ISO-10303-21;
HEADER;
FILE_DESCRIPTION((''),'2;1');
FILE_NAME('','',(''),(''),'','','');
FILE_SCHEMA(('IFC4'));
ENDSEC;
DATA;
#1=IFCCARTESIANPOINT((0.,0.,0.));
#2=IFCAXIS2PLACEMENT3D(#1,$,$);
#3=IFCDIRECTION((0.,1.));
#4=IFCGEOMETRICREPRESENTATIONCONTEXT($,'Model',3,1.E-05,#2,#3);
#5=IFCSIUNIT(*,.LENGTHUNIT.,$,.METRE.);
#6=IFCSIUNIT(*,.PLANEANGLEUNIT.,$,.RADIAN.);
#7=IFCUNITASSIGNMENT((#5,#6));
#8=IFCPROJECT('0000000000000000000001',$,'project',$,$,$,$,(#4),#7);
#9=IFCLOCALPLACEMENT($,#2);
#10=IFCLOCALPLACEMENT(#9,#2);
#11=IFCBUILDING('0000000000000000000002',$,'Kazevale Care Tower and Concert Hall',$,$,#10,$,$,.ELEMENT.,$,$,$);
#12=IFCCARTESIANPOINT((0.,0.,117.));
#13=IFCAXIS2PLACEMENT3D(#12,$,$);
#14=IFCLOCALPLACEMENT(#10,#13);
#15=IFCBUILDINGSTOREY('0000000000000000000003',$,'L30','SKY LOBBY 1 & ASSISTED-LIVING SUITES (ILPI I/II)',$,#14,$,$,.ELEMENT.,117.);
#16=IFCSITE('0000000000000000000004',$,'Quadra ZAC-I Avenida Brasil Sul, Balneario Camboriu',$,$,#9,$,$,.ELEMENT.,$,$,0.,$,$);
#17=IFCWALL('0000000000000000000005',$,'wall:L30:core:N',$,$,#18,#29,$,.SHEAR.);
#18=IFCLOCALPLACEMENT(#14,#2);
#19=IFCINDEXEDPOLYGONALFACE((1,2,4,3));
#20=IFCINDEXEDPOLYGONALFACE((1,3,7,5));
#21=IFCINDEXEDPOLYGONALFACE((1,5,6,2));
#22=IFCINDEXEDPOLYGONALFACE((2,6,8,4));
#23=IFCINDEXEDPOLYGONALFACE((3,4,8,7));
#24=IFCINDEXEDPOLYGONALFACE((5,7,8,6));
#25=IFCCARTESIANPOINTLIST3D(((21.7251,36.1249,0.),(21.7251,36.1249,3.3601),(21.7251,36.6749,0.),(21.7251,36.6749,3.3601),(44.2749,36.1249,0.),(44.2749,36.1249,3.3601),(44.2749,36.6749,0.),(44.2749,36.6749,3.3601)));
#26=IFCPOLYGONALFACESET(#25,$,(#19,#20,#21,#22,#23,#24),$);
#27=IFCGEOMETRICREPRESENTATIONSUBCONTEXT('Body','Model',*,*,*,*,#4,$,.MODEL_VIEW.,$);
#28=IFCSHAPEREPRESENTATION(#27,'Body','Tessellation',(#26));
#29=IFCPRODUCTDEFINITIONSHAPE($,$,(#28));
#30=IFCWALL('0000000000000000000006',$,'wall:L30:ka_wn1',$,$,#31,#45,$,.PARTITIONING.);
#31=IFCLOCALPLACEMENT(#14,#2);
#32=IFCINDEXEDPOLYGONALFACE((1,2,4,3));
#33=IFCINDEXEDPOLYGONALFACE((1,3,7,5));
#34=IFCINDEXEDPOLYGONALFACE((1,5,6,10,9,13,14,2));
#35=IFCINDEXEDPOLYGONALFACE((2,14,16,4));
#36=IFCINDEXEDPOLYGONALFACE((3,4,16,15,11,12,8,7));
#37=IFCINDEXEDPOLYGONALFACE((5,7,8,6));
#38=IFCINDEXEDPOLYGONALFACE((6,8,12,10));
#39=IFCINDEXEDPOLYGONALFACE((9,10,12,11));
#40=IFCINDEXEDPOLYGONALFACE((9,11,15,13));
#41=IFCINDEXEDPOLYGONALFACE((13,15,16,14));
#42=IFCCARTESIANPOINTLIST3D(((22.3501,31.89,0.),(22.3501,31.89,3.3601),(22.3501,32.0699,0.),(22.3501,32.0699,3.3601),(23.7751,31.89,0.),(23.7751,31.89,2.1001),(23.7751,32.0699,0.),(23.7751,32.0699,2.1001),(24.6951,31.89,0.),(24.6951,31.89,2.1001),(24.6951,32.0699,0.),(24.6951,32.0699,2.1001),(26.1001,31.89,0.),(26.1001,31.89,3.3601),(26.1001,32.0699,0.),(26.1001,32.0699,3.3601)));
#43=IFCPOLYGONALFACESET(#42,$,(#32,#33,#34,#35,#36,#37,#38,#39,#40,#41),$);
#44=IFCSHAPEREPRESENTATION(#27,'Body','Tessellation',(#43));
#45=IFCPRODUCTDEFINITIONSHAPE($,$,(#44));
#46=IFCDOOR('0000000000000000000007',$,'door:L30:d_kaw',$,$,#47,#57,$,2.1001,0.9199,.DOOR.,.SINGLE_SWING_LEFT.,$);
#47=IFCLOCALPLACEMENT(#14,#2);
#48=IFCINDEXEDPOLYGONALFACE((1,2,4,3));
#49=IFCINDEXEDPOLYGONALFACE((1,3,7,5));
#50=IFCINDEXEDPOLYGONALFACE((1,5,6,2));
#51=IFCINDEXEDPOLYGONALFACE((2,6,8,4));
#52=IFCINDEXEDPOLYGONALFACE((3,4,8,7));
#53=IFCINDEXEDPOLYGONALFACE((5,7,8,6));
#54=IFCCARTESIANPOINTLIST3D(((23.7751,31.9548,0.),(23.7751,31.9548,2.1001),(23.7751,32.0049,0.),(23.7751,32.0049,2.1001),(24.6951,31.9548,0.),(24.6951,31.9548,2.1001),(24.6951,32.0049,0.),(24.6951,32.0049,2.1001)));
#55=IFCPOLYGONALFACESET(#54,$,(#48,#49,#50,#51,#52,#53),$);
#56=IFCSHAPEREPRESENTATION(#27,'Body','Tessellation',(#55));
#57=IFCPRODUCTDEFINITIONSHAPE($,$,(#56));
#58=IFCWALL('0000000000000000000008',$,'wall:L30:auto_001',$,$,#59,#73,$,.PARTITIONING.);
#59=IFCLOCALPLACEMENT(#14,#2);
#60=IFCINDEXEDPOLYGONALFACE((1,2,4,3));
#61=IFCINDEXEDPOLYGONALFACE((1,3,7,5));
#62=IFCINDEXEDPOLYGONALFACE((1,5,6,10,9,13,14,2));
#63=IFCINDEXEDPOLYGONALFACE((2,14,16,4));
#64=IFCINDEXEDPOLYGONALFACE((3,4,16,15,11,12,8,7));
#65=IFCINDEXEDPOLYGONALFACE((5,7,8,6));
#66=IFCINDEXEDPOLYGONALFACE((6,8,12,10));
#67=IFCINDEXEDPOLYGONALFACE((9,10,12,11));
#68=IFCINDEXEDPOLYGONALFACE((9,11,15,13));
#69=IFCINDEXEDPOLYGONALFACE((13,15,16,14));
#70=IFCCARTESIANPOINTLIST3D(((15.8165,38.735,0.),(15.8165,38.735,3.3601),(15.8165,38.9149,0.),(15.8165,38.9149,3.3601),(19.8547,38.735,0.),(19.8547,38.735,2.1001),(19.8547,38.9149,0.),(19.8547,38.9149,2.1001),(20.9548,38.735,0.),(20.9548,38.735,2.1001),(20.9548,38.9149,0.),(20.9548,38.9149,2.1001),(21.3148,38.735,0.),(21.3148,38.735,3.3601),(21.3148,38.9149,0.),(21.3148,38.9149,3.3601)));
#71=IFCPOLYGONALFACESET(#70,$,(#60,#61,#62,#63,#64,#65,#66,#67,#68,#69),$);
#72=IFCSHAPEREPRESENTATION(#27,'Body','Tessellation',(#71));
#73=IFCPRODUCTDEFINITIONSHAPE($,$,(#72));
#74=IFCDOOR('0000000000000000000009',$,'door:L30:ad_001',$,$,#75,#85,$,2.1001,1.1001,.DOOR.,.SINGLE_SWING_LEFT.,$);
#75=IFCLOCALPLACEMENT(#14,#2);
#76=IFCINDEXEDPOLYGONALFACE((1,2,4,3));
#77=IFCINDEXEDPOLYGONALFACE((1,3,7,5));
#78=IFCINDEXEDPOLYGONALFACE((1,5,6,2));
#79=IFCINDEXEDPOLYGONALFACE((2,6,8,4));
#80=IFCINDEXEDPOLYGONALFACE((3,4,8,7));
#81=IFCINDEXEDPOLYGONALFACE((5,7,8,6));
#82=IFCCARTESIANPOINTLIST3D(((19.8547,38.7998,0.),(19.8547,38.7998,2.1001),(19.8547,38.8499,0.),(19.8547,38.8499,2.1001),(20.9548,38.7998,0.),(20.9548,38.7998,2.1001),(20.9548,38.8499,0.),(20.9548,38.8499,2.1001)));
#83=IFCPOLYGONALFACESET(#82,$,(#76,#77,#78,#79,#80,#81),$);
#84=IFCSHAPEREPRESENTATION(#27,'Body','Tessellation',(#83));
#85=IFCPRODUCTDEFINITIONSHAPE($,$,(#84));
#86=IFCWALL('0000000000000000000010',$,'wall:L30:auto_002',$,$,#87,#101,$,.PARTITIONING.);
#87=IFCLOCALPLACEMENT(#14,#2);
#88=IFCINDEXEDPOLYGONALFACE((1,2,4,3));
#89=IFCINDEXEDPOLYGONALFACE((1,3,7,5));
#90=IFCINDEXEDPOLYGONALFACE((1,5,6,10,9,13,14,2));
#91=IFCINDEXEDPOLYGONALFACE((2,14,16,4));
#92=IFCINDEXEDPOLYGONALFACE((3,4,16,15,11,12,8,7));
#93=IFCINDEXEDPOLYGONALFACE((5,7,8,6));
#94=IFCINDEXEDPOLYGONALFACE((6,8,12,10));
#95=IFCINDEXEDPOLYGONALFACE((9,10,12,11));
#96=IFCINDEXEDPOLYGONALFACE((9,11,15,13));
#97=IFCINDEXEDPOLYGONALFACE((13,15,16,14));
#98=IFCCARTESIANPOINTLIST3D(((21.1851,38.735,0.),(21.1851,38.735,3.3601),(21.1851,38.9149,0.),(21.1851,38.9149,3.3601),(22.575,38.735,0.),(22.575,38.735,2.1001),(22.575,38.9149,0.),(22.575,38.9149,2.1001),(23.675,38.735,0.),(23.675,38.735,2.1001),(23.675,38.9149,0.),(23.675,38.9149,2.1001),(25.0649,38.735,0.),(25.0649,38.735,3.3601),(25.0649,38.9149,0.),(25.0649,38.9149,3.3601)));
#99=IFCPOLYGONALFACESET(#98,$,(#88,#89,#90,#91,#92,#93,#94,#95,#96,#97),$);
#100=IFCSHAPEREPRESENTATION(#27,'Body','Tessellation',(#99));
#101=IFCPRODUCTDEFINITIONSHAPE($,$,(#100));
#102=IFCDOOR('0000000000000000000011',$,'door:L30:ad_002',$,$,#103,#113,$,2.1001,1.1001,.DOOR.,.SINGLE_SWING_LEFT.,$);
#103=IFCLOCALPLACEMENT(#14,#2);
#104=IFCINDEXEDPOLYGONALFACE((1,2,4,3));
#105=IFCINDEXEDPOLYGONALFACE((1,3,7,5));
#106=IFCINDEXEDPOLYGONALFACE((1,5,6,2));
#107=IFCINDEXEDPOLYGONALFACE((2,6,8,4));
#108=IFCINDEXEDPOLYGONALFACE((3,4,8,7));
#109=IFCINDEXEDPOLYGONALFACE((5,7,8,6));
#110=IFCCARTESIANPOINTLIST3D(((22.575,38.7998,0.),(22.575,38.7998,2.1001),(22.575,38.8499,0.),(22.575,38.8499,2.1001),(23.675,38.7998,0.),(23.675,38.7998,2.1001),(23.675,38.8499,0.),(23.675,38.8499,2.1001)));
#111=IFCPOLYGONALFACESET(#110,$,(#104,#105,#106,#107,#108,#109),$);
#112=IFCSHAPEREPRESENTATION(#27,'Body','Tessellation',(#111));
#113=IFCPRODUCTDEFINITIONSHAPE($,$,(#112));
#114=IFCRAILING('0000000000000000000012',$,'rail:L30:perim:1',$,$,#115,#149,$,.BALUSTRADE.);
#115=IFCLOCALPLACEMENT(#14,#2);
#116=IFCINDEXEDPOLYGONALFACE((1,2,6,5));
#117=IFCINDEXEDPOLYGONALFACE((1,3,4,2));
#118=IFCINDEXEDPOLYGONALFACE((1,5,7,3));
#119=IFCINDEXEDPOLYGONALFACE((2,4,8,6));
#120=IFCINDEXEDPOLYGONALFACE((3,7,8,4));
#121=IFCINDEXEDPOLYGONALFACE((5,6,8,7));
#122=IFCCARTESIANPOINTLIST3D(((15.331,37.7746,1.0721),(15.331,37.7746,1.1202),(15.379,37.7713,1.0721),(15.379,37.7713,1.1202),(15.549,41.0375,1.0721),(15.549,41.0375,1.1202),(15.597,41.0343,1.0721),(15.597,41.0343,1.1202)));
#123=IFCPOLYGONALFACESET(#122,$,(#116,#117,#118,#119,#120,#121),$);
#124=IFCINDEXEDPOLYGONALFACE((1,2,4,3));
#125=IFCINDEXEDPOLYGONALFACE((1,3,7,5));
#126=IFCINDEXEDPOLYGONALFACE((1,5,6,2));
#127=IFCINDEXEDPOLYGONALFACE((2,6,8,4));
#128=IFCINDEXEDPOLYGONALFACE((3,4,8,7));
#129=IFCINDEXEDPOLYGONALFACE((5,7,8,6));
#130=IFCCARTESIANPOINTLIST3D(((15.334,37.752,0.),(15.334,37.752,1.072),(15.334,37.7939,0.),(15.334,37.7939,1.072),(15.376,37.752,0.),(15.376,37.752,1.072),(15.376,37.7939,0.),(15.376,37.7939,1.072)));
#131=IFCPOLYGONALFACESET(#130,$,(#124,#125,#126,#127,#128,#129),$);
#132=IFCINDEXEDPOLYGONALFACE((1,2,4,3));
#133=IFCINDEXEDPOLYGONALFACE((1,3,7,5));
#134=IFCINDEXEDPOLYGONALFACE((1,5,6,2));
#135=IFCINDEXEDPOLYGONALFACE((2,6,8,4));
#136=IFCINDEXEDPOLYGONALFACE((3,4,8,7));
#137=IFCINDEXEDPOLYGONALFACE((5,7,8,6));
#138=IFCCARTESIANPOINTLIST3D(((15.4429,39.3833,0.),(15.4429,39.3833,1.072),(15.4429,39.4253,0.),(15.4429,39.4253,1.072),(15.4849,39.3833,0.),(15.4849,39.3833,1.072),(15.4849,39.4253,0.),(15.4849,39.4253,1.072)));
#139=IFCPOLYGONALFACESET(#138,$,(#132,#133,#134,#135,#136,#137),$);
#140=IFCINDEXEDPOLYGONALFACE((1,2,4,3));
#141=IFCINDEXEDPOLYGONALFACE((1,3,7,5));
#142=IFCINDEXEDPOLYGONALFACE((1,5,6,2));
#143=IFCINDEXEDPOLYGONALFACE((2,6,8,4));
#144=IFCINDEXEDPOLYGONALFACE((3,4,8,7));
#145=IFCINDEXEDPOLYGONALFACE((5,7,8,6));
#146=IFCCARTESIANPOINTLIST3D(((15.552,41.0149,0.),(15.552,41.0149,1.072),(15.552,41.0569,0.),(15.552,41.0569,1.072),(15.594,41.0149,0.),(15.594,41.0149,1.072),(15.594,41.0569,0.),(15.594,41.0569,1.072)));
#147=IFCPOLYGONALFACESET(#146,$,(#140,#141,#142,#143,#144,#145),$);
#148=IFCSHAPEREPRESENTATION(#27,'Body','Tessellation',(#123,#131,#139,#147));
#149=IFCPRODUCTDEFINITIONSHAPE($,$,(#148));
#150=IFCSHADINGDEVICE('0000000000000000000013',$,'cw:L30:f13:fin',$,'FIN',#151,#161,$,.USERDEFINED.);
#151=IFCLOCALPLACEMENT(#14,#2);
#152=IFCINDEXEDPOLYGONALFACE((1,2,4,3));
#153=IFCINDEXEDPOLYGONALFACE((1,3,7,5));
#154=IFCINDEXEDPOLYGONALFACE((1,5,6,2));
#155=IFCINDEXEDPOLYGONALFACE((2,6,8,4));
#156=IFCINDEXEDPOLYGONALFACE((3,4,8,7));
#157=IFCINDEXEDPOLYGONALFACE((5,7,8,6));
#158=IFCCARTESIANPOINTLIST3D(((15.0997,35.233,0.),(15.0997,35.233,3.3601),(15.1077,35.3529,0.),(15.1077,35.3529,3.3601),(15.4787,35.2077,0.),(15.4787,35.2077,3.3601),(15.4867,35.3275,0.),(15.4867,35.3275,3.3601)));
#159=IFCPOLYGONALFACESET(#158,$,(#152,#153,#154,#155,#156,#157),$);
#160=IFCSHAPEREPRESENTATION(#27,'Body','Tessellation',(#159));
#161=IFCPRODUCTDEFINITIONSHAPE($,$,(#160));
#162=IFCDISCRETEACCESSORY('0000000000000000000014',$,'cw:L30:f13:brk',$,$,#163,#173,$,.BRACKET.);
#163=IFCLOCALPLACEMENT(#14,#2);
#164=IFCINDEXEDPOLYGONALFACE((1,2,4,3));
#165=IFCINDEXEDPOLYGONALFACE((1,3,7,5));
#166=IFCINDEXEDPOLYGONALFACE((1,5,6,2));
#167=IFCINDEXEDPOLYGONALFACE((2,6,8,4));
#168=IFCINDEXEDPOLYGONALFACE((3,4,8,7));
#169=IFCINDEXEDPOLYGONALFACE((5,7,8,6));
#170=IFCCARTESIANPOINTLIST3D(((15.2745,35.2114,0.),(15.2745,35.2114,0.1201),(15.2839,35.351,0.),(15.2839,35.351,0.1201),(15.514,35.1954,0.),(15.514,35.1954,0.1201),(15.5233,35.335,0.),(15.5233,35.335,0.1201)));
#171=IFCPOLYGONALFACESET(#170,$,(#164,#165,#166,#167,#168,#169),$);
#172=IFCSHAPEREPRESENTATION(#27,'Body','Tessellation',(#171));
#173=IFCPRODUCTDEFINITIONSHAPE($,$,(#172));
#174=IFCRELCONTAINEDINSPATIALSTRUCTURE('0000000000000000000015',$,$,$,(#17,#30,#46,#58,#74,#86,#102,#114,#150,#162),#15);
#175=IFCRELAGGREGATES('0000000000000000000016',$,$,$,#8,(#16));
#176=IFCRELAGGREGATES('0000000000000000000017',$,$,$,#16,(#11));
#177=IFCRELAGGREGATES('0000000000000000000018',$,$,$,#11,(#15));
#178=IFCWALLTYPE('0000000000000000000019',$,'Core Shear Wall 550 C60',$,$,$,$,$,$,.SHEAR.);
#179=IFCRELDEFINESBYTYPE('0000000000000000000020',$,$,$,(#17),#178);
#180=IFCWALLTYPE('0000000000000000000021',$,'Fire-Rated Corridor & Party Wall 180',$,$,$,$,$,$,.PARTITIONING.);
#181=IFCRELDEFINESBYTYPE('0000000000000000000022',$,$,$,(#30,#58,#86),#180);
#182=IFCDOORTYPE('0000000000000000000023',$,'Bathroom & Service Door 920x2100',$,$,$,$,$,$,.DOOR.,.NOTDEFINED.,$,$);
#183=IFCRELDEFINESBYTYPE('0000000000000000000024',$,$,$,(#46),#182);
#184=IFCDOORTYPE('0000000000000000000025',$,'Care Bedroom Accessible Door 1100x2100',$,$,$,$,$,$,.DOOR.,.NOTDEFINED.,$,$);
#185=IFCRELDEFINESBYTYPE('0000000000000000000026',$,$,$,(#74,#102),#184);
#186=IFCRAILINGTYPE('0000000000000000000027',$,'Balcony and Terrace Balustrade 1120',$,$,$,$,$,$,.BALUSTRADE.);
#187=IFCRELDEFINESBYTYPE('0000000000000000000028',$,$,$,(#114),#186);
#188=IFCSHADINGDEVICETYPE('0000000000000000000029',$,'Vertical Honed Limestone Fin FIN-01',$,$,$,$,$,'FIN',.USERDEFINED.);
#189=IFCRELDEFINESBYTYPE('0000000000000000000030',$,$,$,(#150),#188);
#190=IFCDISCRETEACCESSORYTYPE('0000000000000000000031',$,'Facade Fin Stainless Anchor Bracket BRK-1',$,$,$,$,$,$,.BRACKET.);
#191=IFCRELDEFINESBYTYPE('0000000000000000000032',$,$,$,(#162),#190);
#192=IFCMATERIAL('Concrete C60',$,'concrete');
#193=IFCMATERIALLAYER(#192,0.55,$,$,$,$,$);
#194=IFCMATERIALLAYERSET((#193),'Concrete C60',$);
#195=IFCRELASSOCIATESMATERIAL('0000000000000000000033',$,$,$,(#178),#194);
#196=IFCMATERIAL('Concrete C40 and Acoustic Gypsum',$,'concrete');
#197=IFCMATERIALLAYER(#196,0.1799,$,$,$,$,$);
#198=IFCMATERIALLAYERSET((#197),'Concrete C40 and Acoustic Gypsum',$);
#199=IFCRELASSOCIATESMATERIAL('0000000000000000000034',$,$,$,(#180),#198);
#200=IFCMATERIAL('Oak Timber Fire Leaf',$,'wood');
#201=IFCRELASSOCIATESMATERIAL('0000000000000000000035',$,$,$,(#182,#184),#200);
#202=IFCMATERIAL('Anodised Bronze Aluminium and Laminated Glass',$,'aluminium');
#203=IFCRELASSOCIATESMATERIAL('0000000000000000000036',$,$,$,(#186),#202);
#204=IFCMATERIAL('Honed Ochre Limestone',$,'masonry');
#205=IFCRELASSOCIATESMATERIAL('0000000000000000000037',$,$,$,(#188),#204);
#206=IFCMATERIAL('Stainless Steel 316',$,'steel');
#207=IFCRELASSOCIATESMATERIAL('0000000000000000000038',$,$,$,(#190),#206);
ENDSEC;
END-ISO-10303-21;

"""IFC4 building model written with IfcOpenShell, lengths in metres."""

from ifc_helpers import new_model, si_unit, direction, frame, frame_2d, origin, origin_2d, place, context, subcontext, project, spatial, rectangle, extrude, material, layer, layer_set, type_object, element, fill, save


model = new_model("IFC4")

# Units and contexts
model_context = context("Model", 3, precision=1e-05, world=origin(), true_north=direction((0.0, 1.0)))
body_context = subcontext(model_context, "Body", "Model", "MODEL_VIEW")
ifc_project = project(units=[si_unit("LENGTHUNIT", "METRE"), si_unit("PLANEANGLEUNIT", "RADIAN")], contexts=[model_context])

# Site, building, storey
site_placement = place(None, origin())
site = spatial("IfcSite", under=ifc_project, at=site_placement, Name="Quadra ZAC-I Avenida Brasil Sul, Balneario Camboriu", CompositionType="ELEMENT", RefElevation=0.0)
building_placement = place(site_placement, origin())
building = spatial("IfcBuilding", under=site, at=building_placement, Name="Kazevale Care Tower and Concert Hall", CompositionType="ELEMENT")
storey_placement = place(building_placement, frame((0.0, 0.0, 117.0)))
storey = spatial("IfcBuildingStorey", under=building, at=storey_placement, Name="L30", Description="SKY LOBBY 1 & ASSISTED-LIVING SUITES (ILPI I/II)", CompositionType="ELEMENT", Elevation=117.0)

# Shared definitions
ifc_material_1 = material(Name="Concrete C60", Category="concrete")

# Wall
ifc_layer_1 = layer(ifc_material_1, 0.55)
ifc_layer_set_1 = layer_set([ifc_layer_1], Name="Concrete C60")
wall_type_1 = type_object("IfcWallType", Name="Core Shear Wall 550 C60", PredefinedType="SHEAR", material=ifc_layer_set_1)
wall_1_placement = place(storey_placement, frame((21.7251, 36.3999, 0.0), z_axis=(0.0, 0.0, 1.0), x_axis=(1.0, 0.0, 0.0)))
element("IfcWall", 1, at=wall_1_placement, inside=storey, type_object=wall_type_1, Name="wall:L30:core:N", PredefinedType="SHEAR", context=body_context, shape_type="SweptSolid", body=[
    extrude(rectangle(XDim=22.5498, YDim=0.55, at=frame_2d((11.2749, 0.0))), origin(), (0.0, 0.0, 1.0), 3.3601),
])

# Walls, openings, doors
ifc_material_2 = material(Name="Concrete C40 and Acoustic Gypsum", Category="concrete")
ifc_layer_2 = layer(ifc_material_2, 0.1799)
ifc_layer_set_2 = layer_set([ifc_layer_2], Name="Concrete C40 and Acoustic Gypsum")
wall_type_2 = type_object("IfcWallType", Name="Fire-Rated Corridor & Party Wall 180", PredefinedType="PARTITIONING", material=ifc_layer_set_2)
wall_2_placement = place(storey_placement, frame((22.3501, 31.98, 0.0), z_axis=(0.0, 0.0, 1.0), x_axis=(1.0, 0.0, 0.0)))
wall_2 = element("IfcWall", 2, at=wall_2_placement, inside=storey, type_object=wall_type_2, Name="wall:L30:ka_wn1", PredefinedType="PARTITIONING", context=body_context, shape_type="SweptSolid", body=[
    extrude(rectangle(XDim=3.75, YDim=0.1799, at=frame_2d((1.875, 0.0))), origin(), (0.0, 0.0, 1.0), 3.3601),
])
opening_1_placement = place(wall_2_placement, frame((1.425, 0.0, 0.0)))
opening_1 = element("IfcOpeningElement", 3, at=opening_1_placement, cuts=wall_2, PredefinedType="OPENING", context=body_context, shape_type="SweptSolid", body=[
    extrude(rectangle(XDim=0.9199, YDim=2.1001, at=frame_2d((0.46, 1.05))), frame((0.0, 0.0999, 0.0), z_axis=(0.0, -1.0, 0.0), x_axis=(1.0, 0.0, 0.0)), (0.0, 0.0, 1.0), 0.2),
])
ifc_material_3 = material(Name="Oak Timber Fire Leaf", Category="wood")
door_type_1 = type_object("IfcDoorType", Name="Bathroom & Service Door 920x2100", OperationType="NOTDEFINED", PredefinedType="DOOR", material=ifc_material_3)
door_1_placement = place(opening_1_placement, origin())
door_1 = element("IfcDoor", 4, at=door_1_placement, inside=storey, type_object=door_type_1, Name="door:L30:d_kaw", OperationType="SINGLE_SWING_LEFT", OverallHeight=2.1001, OverallWidth=0.9199, PredefinedType="DOOR", context=body_context, shape_type="SweptSolid", body=[
    extrude(rectangle(XDim=0.9199, YDim=2.1001, at=frame_2d((0.46, 1.05))), frame((0.0, 0.0249, 0.0), z_axis=(0.0, -1.0, 0.0), x_axis=(1.0, 0.0, 0.0)), (0.0, 0.0, 1.0), 0.05),
])
fill(opening_1, door_1)
wall_3_placement = place(storey_placement, frame((15.8167, 38.825, 0.0), z_axis=(0.0, 0.0, 1.0), x_axis=(1.0, 0.0, 0.0)))
wall_3 = element("IfcWall", 5, at=wall_3_placement, inside=storey, type_object=wall_type_2, Name="wall:L30:auto_001", PredefinedType="PARTITIONING", context=body_context, shape_type="SweptSolid", body=[
    extrude(rectangle(XDim=5.4983, YDim=0.1799, at=frame_2d((2.749, 0.0))), origin(), (0.0, 0.0, 1.0), 3.3601),
])
opening_2_placement = place(wall_3_placement, frame((4.0381, 0.0, 0.0)))
opening_2 = element("IfcOpeningElement", 6, at=opening_2_placement, cuts=wall_3, PredefinedType="OPENING", context=body_context, shape_type="SweptSolid", body=[
    extrude(rectangle(XDim=1.1001, YDim=2.1001, at=frame_2d((0.55, 1.05))), frame((0.0, 0.0999, 0.0), z_axis=(0.0, -1.0, 0.0), x_axis=(1.0, 0.0, 0.0)), (0.0, 0.0, 1.0), 0.2),
])
door_type_2 = type_object("IfcDoorType", Name="Care Bedroom Accessible Door 1100x2100", OperationType="NOTDEFINED", PredefinedType="DOOR", material=ifc_material_3)
door_2_placement = place(opening_2_placement, origin())
door_2 = element("IfcDoor", 7, at=door_2_placement, inside=storey, type_object=door_type_2, Name="door:L30:ad_001", OperationType="SINGLE_SWING_LEFT", OverallHeight=2.1001, OverallWidth=1.1001, PredefinedType="DOOR", context=body_context, shape_type="SweptSolid", body=[
    extrude(rectangle(XDim=1.1001, YDim=2.1001, at=frame_2d((0.55, 1.05))), frame((0.0, 0.0249, 0.0), z_axis=(0.0, -1.0, 0.0), x_axis=(1.0, 0.0, 0.0)), (0.0, 0.0, 1.0), 0.05),
])
fill(opening_2, door_2)
wall_4_placement = place(storey_placement, frame((21.1851, 38.825, 0.0), z_axis=(0.0, 0.0, 1.0), x_axis=(1.0, 0.0, 0.0)))
wall_4 = element("IfcWall", 8, at=wall_4_placement, inside=storey, type_object=wall_type_2, Name="wall:L30:auto_002", PredefinedType="PARTITIONING", context=body_context, shape_type="SweptSolid", body=[
    extrude(rectangle(XDim=3.8799, YDim=0.1799, at=frame_2d((1.9399, 0.0))), origin(), (0.0, 0.0, 1.0), 3.3601),
])
opening_3_placement = place(wall_4_placement, frame((1.3899, 0.0, 0.0)))
opening_3 = element("IfcOpeningElement", 9, at=opening_3_placement, cuts=wall_4, PredefinedType="OPENING", context=body_context, shape_type="SweptSolid", body=[
    extrude(rectangle(XDim=1.1001, YDim=2.1001, at=frame_2d((0.55, 1.05))), frame((0.0, 0.0999, 0.0), z_axis=(0.0, -1.0, 0.0), x_axis=(1.0, 0.0, 0.0)), (0.0, 0.0, 1.0), 0.2),
])
door_3_placement = place(opening_3_placement, origin())
door_3 = element("IfcDoor", 10, at=door_3_placement, inside=storey, type_object=door_type_2, Name="door:L30:ad_002", OperationType="SINGLE_SWING_LEFT", OverallHeight=2.1001, OverallWidth=1.1001, PredefinedType="DOOR", context=body_context, shape_type="SweptSolid", body=[
    extrude(rectangle(XDim=1.1001, YDim=2.1001, at=frame_2d((0.55, 1.05))), frame((0.0, 0.0249, 0.0), z_axis=(0.0, -1.0, 0.0), x_axis=(1.0, 0.0, 0.0)), (0.0, 0.0, 1.0), 0.05),
])
fill(opening_3, door_3)

# Railing
ifc_material_4 = material(Name="Anodised Bronze Aluminium and Laminated Glass", Category="aluminium")
railing_type = type_object("IfcRailingType", Name="Balcony and Terrace Balustrade 1120", PredefinedType="BALUSTRADE", material=ifc_material_4)
railing_placement = place(storey_placement, frame((15.355, 37.7729, 0.0)))
element("IfcRailing", 11, at=railing_placement, inside=storey, type_object=railing_type, Name="rail:L30:perim:1", PredefinedType="BALUSTRADE", context=body_context, shape_type="SweptSolid", body=[
    extrude(rectangle(XDim=0.0481, YDim=0.0481, at=origin_2d()), frame((0.0, 0.0, 1.0962), z_axis=(0.066668, 0.997775, 0.0), x_axis=(-0.997775, 0.066668, 0.0)), (0.0, 0.0, 1.0), 3.2703),
    extrude(rectangle(XDim=0.042, YDim=0.042, at=origin_2d()), origin(), (0.0, 0.0, 1.0), 1.072),
    extrude(rectangle(XDim=0.042, YDim=0.042, at=origin_2d()), frame((0.1089, 1.6313, 0.0)), (0.0, 0.0, 1.0), 1.072),
    extrude(rectangle(XDim=0.042, YDim=0.042, at=origin_2d()), frame((0.218, 3.2629, 0.0)), (0.0, 0.0, 1.0), 1.072),
])

# Shading device
ifc_material_5 = material(Name="Honed Ochre Limestone", Category="masonry")
shading_device_type = type_object("IfcShadingDeviceType", Name="Vertical Honed Limestone Fin FIN-01", ElementType="FIN", PredefinedType="USERDEFINED", material=ifc_material_5)
shading_device_placement = place(storey_placement, frame((15.2932, 35.2803, 0.0), z_axis=(0.0, 0.0, 1.0), x_axis=(-0.997778, 0.066622, 0.0)))
element("IfcShadingDevice", 12, at=shading_device_placement, inside=storey, type_object=shading_device_type, Name="cw:L30:f13:fin", ObjectType="FIN", PredefinedType="USERDEFINED", context=body_context, shape_type="SweptSolid", body=[
    extrude(rectangle(XDim=0.3799, YDim=0.1201, at=origin_2d()), origin(), (0.0, 0.0, 1.0), 3.3601),
])

# Discrete accessory
ifc_material_6 = material(Name="Stainless Steel 316", Category="steel")
discrete_accessory_type = type_object("IfcDiscreteAccessoryType", Name="Facade Fin Stainless Anchor Bracket BRK-1", PredefinedType="BRACKET", material=ifc_material_6)
discrete_accessory_placement = place(storey_placement, frame((15.3989, 35.2732, 0.0), z_axis=(0.0, 0.0, 1.0), x_axis=(-0.997778, 0.066622, 0.0)))
element("IfcDiscreteAccessory", 13, at=discrete_accessory_placement, inside=storey, type_object=discrete_accessory_type, Name="cw:L30:f13:brk", PredefinedType="BRACKET", context=body_context, shape_type="SweptSolid", body=[
    extrude(rectangle(XDim=0.24, YDim=0.1399, at=origin_2d()), origin(), (0.0, 0.0, 1.0), 0.1201),
])

save(model, "model.ifc")
